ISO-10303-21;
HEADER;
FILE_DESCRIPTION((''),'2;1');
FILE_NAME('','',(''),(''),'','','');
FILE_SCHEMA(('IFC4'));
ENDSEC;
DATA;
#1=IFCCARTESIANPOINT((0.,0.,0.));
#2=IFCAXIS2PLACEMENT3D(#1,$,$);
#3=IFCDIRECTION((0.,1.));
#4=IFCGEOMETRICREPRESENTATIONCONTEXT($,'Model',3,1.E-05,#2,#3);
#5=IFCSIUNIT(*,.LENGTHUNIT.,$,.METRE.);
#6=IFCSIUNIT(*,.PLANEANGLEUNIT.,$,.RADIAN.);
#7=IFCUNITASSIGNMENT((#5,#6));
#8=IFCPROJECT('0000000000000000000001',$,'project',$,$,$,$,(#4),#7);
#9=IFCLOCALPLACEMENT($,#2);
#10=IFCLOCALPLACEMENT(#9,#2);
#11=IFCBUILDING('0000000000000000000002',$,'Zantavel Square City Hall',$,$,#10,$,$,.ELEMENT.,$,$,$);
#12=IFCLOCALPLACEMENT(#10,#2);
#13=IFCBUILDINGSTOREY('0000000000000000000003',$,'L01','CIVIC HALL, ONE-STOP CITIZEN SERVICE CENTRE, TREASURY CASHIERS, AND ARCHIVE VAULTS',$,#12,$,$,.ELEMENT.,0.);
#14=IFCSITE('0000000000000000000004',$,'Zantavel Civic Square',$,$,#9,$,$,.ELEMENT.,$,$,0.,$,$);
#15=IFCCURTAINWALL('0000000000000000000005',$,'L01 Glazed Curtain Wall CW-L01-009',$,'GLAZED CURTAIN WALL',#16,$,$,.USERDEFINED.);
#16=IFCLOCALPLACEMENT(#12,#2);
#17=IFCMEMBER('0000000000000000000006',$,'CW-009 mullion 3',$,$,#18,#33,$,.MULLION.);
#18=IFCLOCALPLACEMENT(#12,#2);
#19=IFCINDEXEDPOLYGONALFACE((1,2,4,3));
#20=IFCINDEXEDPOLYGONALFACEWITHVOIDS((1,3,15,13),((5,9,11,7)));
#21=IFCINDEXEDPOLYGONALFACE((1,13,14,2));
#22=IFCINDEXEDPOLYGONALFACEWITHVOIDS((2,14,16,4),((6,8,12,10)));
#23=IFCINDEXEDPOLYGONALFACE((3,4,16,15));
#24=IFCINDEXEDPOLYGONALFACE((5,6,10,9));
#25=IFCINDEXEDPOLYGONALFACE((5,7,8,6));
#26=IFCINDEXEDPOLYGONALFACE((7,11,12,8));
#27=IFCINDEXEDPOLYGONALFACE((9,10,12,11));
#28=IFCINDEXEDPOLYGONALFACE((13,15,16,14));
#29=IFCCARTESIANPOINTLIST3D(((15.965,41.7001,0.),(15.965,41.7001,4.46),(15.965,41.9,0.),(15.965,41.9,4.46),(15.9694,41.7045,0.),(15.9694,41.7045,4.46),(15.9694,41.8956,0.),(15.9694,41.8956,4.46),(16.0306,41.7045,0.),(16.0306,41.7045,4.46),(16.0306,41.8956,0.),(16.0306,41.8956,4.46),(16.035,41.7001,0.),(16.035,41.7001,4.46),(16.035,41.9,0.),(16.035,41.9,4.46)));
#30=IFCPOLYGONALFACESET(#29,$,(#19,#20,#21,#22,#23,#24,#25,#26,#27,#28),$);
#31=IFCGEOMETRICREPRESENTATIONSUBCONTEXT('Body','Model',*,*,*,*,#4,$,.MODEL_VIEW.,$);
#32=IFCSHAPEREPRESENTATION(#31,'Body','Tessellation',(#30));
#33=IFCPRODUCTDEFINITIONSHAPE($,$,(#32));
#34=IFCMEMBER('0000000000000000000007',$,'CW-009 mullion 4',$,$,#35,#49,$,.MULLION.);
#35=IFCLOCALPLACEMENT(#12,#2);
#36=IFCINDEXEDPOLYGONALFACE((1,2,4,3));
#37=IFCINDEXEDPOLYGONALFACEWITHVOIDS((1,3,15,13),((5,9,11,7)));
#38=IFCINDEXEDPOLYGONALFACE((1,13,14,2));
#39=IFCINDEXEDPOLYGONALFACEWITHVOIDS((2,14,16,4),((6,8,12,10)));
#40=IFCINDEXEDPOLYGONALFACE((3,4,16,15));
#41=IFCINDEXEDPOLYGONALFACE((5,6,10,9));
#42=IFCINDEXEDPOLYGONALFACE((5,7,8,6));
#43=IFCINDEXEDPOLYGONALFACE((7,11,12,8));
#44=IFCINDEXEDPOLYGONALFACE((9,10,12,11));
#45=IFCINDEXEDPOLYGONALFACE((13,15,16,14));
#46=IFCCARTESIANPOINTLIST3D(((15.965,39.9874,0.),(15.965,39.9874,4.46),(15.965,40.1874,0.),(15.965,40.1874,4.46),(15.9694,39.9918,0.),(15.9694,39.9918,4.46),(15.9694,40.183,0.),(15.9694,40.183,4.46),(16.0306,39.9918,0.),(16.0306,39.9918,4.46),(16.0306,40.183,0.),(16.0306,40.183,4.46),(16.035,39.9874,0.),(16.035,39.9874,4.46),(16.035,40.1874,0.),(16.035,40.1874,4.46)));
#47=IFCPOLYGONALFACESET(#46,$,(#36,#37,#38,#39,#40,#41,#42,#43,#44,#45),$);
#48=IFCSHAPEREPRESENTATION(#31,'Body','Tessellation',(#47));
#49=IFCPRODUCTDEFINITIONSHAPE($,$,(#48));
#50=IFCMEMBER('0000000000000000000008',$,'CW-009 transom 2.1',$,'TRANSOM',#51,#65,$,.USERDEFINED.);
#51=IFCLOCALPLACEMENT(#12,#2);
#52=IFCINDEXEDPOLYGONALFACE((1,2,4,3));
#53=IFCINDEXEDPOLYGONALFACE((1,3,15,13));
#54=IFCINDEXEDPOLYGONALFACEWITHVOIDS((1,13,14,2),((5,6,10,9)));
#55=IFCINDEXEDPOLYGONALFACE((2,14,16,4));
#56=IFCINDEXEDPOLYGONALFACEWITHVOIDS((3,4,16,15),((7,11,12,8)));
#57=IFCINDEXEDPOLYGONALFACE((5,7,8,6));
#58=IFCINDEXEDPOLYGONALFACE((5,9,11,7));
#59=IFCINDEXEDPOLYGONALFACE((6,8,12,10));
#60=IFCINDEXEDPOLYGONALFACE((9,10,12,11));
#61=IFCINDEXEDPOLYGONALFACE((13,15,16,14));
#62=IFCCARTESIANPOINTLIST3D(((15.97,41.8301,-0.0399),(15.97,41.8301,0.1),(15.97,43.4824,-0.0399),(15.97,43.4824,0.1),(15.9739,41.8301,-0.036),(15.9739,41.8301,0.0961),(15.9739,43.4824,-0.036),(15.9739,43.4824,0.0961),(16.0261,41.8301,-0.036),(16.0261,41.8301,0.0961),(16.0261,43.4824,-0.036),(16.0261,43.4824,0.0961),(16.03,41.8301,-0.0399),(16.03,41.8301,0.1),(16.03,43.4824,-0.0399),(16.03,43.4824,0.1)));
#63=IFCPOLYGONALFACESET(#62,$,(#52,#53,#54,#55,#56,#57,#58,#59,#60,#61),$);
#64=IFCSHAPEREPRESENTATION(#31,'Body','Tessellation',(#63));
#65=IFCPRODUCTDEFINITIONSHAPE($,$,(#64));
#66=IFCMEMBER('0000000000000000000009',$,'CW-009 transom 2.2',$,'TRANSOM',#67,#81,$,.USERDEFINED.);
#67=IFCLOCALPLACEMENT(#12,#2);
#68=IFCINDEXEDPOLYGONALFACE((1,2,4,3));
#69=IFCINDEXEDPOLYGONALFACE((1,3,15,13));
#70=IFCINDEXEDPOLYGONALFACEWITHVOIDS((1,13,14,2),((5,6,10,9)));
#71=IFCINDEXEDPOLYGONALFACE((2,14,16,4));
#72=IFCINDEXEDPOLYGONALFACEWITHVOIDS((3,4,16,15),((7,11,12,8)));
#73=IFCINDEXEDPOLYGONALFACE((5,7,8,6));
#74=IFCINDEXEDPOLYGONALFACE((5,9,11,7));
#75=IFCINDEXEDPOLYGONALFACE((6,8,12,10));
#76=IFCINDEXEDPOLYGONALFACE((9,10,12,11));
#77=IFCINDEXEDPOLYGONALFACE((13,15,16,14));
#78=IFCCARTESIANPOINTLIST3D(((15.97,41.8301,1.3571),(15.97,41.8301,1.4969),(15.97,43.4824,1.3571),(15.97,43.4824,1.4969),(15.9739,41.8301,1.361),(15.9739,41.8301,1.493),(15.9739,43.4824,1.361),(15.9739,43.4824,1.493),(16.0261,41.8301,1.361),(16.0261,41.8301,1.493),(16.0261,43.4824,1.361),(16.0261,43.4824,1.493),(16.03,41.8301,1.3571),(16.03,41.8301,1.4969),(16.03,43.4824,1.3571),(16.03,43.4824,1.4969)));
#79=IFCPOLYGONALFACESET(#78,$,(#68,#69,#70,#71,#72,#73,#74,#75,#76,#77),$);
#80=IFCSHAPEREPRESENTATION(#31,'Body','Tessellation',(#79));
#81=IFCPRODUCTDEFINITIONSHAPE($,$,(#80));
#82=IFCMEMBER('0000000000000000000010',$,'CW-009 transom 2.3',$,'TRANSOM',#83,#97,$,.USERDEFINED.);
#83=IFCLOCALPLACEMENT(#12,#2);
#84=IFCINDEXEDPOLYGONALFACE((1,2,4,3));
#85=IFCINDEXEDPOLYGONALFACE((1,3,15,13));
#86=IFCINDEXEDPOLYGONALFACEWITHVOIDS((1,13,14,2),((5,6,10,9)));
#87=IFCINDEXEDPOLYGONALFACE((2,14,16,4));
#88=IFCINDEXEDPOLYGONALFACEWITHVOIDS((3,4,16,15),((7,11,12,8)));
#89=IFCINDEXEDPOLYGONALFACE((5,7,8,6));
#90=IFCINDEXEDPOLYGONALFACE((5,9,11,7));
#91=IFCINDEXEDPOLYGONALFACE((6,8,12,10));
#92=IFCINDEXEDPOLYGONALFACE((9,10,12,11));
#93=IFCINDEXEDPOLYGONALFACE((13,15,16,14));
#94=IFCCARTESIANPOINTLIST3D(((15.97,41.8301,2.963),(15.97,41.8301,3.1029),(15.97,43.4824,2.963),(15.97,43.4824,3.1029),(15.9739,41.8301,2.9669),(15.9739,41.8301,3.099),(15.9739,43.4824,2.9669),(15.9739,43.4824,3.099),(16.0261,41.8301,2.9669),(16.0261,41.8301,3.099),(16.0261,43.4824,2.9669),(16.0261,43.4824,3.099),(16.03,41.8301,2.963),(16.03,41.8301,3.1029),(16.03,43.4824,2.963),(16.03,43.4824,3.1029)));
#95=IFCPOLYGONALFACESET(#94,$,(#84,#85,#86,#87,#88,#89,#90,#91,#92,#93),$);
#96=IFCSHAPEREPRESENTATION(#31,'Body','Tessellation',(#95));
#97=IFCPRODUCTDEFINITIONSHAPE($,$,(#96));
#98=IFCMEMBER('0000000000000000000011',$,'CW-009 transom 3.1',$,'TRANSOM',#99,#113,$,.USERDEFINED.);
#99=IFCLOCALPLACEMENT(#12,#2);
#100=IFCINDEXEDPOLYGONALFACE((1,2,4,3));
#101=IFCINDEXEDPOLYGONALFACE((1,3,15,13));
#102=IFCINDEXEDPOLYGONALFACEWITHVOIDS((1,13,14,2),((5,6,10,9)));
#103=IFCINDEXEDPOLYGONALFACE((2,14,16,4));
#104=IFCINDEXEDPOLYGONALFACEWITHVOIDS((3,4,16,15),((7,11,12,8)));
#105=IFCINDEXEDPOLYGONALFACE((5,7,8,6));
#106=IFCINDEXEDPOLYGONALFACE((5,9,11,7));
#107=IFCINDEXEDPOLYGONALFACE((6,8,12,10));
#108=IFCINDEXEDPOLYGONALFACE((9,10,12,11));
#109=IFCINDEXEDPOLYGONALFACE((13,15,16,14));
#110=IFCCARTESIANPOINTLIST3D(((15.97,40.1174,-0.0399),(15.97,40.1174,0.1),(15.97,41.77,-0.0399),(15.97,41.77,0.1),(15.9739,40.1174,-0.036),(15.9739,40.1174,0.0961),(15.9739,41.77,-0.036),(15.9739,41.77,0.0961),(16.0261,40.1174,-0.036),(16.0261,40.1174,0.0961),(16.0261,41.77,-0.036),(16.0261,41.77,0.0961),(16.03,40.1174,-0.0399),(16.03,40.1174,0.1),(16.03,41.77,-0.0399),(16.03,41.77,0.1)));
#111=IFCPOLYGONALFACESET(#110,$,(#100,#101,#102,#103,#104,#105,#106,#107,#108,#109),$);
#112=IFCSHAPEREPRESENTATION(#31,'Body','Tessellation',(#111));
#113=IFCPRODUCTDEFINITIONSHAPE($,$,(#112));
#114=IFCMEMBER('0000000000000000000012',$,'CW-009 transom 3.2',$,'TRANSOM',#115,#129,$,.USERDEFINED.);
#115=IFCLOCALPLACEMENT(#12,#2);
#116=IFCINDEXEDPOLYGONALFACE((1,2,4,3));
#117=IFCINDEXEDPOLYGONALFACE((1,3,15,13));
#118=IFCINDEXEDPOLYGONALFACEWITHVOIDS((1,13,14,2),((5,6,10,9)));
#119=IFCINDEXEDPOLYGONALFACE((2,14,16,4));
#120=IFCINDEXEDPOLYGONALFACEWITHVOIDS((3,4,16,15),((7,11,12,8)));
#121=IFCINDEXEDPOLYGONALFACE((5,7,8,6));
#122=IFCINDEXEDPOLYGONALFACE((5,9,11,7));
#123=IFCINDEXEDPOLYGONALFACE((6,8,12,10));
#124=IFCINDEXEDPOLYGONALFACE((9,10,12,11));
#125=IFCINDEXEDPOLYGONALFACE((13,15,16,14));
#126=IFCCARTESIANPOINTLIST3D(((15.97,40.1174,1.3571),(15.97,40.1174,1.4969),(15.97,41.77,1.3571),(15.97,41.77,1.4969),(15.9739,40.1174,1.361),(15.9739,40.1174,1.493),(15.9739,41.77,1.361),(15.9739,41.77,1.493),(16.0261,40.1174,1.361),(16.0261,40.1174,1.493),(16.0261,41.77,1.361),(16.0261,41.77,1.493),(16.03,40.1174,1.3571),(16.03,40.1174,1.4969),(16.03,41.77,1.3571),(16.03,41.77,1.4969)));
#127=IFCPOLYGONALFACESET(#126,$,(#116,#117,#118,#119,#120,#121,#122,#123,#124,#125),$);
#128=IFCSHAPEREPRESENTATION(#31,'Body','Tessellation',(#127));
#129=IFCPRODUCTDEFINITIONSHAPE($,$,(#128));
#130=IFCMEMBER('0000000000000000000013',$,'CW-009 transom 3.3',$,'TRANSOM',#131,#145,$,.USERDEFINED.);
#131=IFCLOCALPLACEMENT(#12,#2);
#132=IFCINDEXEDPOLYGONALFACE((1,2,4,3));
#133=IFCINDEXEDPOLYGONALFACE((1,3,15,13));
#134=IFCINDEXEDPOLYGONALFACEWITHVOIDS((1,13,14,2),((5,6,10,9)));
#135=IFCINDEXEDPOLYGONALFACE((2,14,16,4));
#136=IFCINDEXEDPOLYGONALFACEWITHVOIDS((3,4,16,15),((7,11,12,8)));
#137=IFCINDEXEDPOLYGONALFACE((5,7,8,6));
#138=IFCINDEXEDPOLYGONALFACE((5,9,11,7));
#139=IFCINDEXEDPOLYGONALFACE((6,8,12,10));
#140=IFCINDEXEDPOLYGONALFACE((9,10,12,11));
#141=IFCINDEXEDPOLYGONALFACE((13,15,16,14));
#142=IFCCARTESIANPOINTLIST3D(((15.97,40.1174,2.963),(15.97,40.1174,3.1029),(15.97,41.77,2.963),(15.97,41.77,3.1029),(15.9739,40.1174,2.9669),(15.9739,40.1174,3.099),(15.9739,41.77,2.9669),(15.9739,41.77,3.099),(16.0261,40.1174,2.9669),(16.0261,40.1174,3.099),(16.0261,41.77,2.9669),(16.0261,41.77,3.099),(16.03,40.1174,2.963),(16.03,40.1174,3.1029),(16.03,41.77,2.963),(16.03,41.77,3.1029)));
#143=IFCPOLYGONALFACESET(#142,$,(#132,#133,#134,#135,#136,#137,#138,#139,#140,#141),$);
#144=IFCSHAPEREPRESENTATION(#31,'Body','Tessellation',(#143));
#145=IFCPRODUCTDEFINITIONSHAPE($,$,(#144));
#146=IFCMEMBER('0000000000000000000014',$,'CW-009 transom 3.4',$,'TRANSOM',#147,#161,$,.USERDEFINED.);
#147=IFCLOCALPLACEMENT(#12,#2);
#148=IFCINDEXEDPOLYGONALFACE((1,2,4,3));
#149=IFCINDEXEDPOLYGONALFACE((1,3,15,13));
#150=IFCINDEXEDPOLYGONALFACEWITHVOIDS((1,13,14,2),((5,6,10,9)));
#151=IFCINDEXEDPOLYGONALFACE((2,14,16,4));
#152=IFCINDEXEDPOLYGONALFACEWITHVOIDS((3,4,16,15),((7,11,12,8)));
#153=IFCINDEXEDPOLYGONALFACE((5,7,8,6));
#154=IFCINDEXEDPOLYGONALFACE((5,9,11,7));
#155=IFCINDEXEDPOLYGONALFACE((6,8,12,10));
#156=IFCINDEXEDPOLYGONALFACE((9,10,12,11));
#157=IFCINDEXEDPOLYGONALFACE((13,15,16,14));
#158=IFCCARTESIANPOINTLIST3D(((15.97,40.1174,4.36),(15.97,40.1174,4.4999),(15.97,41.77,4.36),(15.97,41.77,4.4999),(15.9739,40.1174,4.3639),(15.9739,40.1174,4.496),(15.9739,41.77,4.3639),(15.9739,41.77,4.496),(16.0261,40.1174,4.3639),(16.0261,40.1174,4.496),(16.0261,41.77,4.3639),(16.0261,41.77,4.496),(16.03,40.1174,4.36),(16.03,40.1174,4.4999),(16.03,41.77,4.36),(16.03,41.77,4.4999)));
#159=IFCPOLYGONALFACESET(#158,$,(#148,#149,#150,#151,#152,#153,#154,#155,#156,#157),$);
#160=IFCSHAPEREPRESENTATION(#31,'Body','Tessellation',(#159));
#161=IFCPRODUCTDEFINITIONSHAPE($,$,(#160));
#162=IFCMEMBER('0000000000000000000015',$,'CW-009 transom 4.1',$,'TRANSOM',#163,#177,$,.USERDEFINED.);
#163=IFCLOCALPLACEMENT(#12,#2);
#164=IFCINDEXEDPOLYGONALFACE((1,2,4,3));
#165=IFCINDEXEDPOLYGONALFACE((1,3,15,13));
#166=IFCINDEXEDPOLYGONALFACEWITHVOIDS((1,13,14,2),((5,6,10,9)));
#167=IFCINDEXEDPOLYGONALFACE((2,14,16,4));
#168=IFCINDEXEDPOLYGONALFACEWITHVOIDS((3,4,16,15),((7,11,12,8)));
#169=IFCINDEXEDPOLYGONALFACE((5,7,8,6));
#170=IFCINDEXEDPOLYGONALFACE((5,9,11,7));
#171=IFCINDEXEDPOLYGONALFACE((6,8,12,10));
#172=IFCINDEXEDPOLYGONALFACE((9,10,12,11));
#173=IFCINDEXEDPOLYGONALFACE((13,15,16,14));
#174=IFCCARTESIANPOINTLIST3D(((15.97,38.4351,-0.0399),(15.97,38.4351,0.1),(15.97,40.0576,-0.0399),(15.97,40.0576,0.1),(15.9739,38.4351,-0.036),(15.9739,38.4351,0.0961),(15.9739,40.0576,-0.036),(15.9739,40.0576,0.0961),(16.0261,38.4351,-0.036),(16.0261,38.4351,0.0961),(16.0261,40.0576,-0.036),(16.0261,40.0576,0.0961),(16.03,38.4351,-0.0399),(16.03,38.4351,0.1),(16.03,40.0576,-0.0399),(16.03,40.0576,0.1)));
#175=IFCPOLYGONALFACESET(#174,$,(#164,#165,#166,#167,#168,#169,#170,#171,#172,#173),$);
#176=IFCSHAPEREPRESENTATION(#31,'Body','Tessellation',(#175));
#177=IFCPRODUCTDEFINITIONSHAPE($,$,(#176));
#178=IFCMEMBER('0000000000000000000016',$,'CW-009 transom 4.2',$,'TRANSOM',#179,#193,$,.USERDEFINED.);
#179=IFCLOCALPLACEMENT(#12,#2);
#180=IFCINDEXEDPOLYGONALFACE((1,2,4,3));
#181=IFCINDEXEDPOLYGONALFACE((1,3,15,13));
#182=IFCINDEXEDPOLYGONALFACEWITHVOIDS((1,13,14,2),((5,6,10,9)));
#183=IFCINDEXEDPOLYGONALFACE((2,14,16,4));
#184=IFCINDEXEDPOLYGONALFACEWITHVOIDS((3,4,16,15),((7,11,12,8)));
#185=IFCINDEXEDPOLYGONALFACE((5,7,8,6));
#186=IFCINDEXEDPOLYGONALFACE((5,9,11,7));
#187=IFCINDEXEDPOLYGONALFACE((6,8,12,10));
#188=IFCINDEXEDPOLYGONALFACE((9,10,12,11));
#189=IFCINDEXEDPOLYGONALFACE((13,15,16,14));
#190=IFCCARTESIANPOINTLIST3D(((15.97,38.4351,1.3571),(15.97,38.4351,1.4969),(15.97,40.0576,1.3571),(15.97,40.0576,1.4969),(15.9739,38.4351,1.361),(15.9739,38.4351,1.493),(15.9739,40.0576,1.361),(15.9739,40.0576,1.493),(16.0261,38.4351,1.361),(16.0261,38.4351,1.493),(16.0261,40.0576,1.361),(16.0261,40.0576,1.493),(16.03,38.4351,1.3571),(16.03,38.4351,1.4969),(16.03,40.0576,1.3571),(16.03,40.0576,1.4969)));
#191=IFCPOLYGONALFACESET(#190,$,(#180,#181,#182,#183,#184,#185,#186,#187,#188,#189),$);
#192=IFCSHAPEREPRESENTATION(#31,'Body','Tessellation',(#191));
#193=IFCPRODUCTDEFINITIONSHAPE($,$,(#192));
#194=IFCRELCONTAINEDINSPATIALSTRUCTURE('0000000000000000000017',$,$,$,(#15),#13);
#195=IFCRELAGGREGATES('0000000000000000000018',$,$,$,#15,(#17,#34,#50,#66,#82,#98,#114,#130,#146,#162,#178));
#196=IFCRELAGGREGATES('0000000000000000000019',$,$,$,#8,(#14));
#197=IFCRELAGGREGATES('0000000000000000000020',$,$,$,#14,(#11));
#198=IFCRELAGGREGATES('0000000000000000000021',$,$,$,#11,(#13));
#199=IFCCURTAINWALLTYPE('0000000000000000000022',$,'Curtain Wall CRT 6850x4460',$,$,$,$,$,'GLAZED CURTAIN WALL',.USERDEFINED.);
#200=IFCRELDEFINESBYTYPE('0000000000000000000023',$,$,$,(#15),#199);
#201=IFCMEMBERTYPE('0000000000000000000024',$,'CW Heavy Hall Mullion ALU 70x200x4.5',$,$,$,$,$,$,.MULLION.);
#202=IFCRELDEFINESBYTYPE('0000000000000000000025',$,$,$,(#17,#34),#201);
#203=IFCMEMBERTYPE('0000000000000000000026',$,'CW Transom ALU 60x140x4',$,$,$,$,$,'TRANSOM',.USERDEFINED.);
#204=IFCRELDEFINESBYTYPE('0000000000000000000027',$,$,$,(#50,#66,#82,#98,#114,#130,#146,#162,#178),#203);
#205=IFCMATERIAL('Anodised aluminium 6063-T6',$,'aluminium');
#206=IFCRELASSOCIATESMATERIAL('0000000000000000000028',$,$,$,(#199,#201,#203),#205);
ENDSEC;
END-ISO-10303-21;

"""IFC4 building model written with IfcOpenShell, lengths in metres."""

from ifc_helpers import new_model, si_unit, direction, frame, origin, origin_2d, place, context, subcontext, project, spatial, hollow_rectangle, extrude, material, material_profile, profile_set, type_object, element, aggregate, save


model = new_model("IFC4")

# Units and contexts
model_context = context("Model", 3, precision=1e-05, world=origin(), true_north=direction((0.0, 1.0)))
body_context = subcontext(model_context, "Body", "Model", "MODEL_VIEW")
ifc_project = project(units=[si_unit("LENGTHUNIT", "METRE"), si_unit("PLANEANGLEUNIT", "RADIAN")], contexts=[model_context])

# Site, building, storey
site_placement = place(None, origin())
site = spatial("IfcSite", under=ifc_project, at=site_placement, Name="Zantavel Civic Square", CompositionType="ELEMENT", RefElevation=0.0)
building_placement = place(site_placement, origin())
building = spatial("IfcBuilding", under=site, at=building_placement, Name="Zantavel Square City Hall", CompositionType="ELEMENT")
storey_placement = place(building_placement, origin())
storey = spatial("IfcBuildingStorey", under=building, at=storey_placement, Name="L01", Description="CIVIC HALL, ONE-STOP CITIZEN SERVICE CENTRE, TREASURY CASHIERS, AND ARCHIVE VAULTS", CompositionType="ELEMENT", Elevation=0.0)

# Curtain wall, members
ifc_material_1 = material(Name="Anodised aluminium 6063-T6", Category="aluminium")
curtain_wall_type = type_object("IfcCurtainWallType", Name="Curtain Wall CRT 6850x4460", ElementType="GLAZED CURTAIN WALL", PredefinedType="USERDEFINED", material=ifc_material_1)
curtain_wall_placement = place(storey_placement, origin())
curtain_wall = element("IfcCurtainWall", 1, at=curtain_wall_placement, inside=storey, type_object=curtain_wall_type, Name="L01 Glazed Curtain Wall CW-L01-009", ObjectType="GLAZED CURTAIN WALL", PredefinedType="USERDEFINED")
ifc_material_profile_1 = material_profile(ifc_material_1, hollow_rectangle(XDim=0.0701, YDim=0.2, WallThickness=0.0044, at=origin_2d()), Name="ALU 70x200x4.5")
ifc_profile_set_1 = profile_set([ifc_material_profile_1], Name="Anodised aluminium 6063-T6")
member_type_1 = type_object("IfcMemberType", Name="CW Heavy Hall Mullion ALU 70x200x4.5", PredefinedType="MULLION", material=ifc_profile_set_1)
member_1_placement = place(storey_placement, frame((16.0, 41.8, 0.0), z_axis=(0.0, 0.0, 1.0), x_axis=(1.0, 0.0, 0.0)))
member_1 = element("IfcMember", 2, at=member_1_placement, type_object=member_type_1, Name="CW-009 mullion 3", PredefinedType="MULLION", context=body_context, shape_type="SweptSolid", body=[
    extrude(hollow_rectangle(XDim=0.0701, YDim=0.2, WallThickness=0.0044, at=origin_2d()), origin(), (0.0, 0.0, 1.0), 4.46),
])
member_2_placement = place(storey_placement, frame((16.0, 40.0874, 0.0), z_axis=(0.0, 0.0, 1.0), x_axis=(1.0, 0.0, 0.0)))
member_2 = element("IfcMember", 3, at=member_2_placement, type_object=member_type_1, Name="CW-009 mullion 4", PredefinedType="MULLION", context=body_context, shape_type="SweptSolid", body=[
    extrude(hollow_rectangle(XDim=0.0701, YDim=0.2, WallThickness=0.0044, at=origin_2d()), origin(), (0.0, 0.0, 1.0), 4.46),
])
ifc_material_profile_2 = material_profile(ifc_material_1, hollow_rectangle(XDim=0.0601, YDim=0.1399, WallThickness=0.0039, at=origin_2d()), Name="ALU 60x140x4")
ifc_profile_set_2 = profile_set([ifc_material_profile_2], Name="Anodised aluminium 6063-T6")
member_type_2 = type_object("IfcMemberType", Name="CW Transom ALU 60x140x4", ElementType="TRANSOM", PredefinedType="USERDEFINED", material=ifc_profile_set_2)
member_3_placement = place(storey_placement, frame((16.0, 43.4824, 0.03), z_axis=(0.0, -1.0, 0.0), x_axis=(1.0, 0.0, 0.0)))
member_3 = element("IfcMember", 4, at=member_3_placement, type_object=member_type_2, Name="CW-009 transom 2.1", ObjectType="TRANSOM", PredefinedType="USERDEFINED", context=body_context, shape_type="SweptSolid", body=[
    extrude(hollow_rectangle(XDim=0.0601, YDim=0.1399, WallThickness=0.0039, at=origin_2d()), origin(), (0.0, 0.0, 1.0), 1.6523),
])
member_4_placement = place(storey_placement, frame((16.0, 43.4824, 1.427), z_axis=(0.0, -1.0, 0.0), x_axis=(1.0, 0.0, 0.0)))
member_4 = element("IfcMember", 5, at=member_4_placement, type_object=member_type_2, Name="CW-009 transom 2.2", ObjectType="TRANSOM", PredefinedType="USERDEFINED", context=body_context, shape_type="SweptSolid", body=[
    extrude(hollow_rectangle(XDim=0.0601, YDim=0.1399, WallThickness=0.0039, at=origin_2d()), origin(), (0.0, 0.0, 1.0), 1.6523),
])
member_5_placement = place(storey_placement, frame((16.0, 43.4824, 3.033), z_axis=(0.0, -1.0, 0.0), x_axis=(1.0, 0.0, 0.0)))
member_5 = element("IfcMember", 6, at=member_5_placement, type_object=member_type_2, Name="CW-009 transom 2.3", ObjectType="TRANSOM", PredefinedType="USERDEFINED", context=body_context, shape_type="SweptSolid", body=[
    extrude(hollow_rectangle(XDim=0.0601, YDim=0.1399, WallThickness=0.0039, at=origin_2d()), origin(), (0.0, 0.0, 1.0), 1.6523),
])
member_6_placement = place(storey_placement, frame((16.0, 41.77, 0.03), z_axis=(0.0, -1.0, 0.0), x_axis=(1.0, 0.0, 0.0)))
member_6 = element("IfcMember", 7, at=member_6_placement, type_object=member_type_2, Name="CW-009 transom 3.1", ObjectType="TRANSOM", PredefinedType="USERDEFINED", context=body_context, shape_type="SweptSolid", body=[
    extrude(hollow_rectangle(XDim=0.0601, YDim=0.1399, WallThickness=0.0039, at=origin_2d()), origin(), (0.0, 0.0, 1.0), 1.6526),
])
member_7_placement = place(storey_placement, frame((16.0, 41.77, 1.427), z_axis=(0.0, -1.0, 0.0), x_axis=(1.0, 0.0, 0.0)))
member_7 = element("IfcMember", 8, at=member_7_placement, type_object=member_type_2, Name="CW-009 transom 3.2", ObjectType="TRANSOM", PredefinedType="USERDEFINED", context=body_context, shape_type="SweptSolid", body=[
    extrude(hollow_rectangle(XDim=0.0601, YDim=0.1399, WallThickness=0.0039, at=origin_2d()), origin(), (0.0, 0.0, 1.0), 1.6526),
])
member_8_placement = place(storey_placement, frame((16.0, 41.77, 3.033), z_axis=(0.0, -1.0, 0.0), x_axis=(1.0, 0.0, 0.0)))
member_8 = element("IfcMember", 9, at=member_8_placement, type_object=member_type_2, Name="CW-009 transom 3.3", ObjectType="TRANSOM", PredefinedType="USERDEFINED", context=body_context, shape_type="SweptSolid", body=[
    extrude(hollow_rectangle(XDim=0.0601, YDim=0.1399, WallThickness=0.0039, at=origin_2d()), origin(), (0.0, 0.0, 1.0), 1.6526),
])
member_9_placement = place(storey_placement, frame((16.0, 41.77, 4.4299), z_axis=(0.0, -1.0, 0.0), x_axis=(1.0, 0.0, 0.0)))
member_9 = element("IfcMember", 10, at=member_9_placement, type_object=member_type_2, Name="CW-009 transom 3.4", ObjectType="TRANSOM", PredefinedType="USERDEFINED", context=body_context, shape_type="SweptSolid", body=[
    extrude(hollow_rectangle(XDim=0.0601, YDim=0.1399, WallThickness=0.0039, at=origin_2d()), origin(), (0.0, 0.0, 1.0), 1.6526),
])
member_10_placement = place(storey_placement, frame((16.0, 40.0576, 0.03), z_axis=(0.0, -1.0, 0.0), x_axis=(1.0, 0.0, 0.0)))
member_10 = element("IfcMember", 11, at=member_10_placement, type_object=member_type_2, Name="CW-009 transom 4.1", ObjectType="TRANSOM", PredefinedType="USERDEFINED", context=body_context, shape_type="SweptSolid", body=[
    extrude(hollow_rectangle(XDim=0.0601, YDim=0.1399, WallThickness=0.0039, at=origin_2d()), origin(), (0.0, 0.0, 1.0), 1.6226),
])
member_11_placement = place(storey_placement, frame((16.0, 40.0576, 1.427), z_axis=(0.0, -1.0, 0.0), x_axis=(1.0, 0.0, 0.0)))
member_11 = element("IfcMember", 12, at=member_11_placement, type_object=member_type_2, Name="CW-009 transom 4.2", ObjectType="TRANSOM", PredefinedType="USERDEFINED", context=body_context, shape_type="SweptSolid", body=[
    extrude(hollow_rectangle(XDim=0.0601, YDim=0.1399, WallThickness=0.0039, at=origin_2d()), origin(), (0.0, 0.0, 1.0), 1.6226),
])
aggregate(curtain_wall, [member_1, member_2, member_3, member_4, member_5, member_6, member_7, member_8, member_9, member_10, member_11])

save(model, "model.ifc")
